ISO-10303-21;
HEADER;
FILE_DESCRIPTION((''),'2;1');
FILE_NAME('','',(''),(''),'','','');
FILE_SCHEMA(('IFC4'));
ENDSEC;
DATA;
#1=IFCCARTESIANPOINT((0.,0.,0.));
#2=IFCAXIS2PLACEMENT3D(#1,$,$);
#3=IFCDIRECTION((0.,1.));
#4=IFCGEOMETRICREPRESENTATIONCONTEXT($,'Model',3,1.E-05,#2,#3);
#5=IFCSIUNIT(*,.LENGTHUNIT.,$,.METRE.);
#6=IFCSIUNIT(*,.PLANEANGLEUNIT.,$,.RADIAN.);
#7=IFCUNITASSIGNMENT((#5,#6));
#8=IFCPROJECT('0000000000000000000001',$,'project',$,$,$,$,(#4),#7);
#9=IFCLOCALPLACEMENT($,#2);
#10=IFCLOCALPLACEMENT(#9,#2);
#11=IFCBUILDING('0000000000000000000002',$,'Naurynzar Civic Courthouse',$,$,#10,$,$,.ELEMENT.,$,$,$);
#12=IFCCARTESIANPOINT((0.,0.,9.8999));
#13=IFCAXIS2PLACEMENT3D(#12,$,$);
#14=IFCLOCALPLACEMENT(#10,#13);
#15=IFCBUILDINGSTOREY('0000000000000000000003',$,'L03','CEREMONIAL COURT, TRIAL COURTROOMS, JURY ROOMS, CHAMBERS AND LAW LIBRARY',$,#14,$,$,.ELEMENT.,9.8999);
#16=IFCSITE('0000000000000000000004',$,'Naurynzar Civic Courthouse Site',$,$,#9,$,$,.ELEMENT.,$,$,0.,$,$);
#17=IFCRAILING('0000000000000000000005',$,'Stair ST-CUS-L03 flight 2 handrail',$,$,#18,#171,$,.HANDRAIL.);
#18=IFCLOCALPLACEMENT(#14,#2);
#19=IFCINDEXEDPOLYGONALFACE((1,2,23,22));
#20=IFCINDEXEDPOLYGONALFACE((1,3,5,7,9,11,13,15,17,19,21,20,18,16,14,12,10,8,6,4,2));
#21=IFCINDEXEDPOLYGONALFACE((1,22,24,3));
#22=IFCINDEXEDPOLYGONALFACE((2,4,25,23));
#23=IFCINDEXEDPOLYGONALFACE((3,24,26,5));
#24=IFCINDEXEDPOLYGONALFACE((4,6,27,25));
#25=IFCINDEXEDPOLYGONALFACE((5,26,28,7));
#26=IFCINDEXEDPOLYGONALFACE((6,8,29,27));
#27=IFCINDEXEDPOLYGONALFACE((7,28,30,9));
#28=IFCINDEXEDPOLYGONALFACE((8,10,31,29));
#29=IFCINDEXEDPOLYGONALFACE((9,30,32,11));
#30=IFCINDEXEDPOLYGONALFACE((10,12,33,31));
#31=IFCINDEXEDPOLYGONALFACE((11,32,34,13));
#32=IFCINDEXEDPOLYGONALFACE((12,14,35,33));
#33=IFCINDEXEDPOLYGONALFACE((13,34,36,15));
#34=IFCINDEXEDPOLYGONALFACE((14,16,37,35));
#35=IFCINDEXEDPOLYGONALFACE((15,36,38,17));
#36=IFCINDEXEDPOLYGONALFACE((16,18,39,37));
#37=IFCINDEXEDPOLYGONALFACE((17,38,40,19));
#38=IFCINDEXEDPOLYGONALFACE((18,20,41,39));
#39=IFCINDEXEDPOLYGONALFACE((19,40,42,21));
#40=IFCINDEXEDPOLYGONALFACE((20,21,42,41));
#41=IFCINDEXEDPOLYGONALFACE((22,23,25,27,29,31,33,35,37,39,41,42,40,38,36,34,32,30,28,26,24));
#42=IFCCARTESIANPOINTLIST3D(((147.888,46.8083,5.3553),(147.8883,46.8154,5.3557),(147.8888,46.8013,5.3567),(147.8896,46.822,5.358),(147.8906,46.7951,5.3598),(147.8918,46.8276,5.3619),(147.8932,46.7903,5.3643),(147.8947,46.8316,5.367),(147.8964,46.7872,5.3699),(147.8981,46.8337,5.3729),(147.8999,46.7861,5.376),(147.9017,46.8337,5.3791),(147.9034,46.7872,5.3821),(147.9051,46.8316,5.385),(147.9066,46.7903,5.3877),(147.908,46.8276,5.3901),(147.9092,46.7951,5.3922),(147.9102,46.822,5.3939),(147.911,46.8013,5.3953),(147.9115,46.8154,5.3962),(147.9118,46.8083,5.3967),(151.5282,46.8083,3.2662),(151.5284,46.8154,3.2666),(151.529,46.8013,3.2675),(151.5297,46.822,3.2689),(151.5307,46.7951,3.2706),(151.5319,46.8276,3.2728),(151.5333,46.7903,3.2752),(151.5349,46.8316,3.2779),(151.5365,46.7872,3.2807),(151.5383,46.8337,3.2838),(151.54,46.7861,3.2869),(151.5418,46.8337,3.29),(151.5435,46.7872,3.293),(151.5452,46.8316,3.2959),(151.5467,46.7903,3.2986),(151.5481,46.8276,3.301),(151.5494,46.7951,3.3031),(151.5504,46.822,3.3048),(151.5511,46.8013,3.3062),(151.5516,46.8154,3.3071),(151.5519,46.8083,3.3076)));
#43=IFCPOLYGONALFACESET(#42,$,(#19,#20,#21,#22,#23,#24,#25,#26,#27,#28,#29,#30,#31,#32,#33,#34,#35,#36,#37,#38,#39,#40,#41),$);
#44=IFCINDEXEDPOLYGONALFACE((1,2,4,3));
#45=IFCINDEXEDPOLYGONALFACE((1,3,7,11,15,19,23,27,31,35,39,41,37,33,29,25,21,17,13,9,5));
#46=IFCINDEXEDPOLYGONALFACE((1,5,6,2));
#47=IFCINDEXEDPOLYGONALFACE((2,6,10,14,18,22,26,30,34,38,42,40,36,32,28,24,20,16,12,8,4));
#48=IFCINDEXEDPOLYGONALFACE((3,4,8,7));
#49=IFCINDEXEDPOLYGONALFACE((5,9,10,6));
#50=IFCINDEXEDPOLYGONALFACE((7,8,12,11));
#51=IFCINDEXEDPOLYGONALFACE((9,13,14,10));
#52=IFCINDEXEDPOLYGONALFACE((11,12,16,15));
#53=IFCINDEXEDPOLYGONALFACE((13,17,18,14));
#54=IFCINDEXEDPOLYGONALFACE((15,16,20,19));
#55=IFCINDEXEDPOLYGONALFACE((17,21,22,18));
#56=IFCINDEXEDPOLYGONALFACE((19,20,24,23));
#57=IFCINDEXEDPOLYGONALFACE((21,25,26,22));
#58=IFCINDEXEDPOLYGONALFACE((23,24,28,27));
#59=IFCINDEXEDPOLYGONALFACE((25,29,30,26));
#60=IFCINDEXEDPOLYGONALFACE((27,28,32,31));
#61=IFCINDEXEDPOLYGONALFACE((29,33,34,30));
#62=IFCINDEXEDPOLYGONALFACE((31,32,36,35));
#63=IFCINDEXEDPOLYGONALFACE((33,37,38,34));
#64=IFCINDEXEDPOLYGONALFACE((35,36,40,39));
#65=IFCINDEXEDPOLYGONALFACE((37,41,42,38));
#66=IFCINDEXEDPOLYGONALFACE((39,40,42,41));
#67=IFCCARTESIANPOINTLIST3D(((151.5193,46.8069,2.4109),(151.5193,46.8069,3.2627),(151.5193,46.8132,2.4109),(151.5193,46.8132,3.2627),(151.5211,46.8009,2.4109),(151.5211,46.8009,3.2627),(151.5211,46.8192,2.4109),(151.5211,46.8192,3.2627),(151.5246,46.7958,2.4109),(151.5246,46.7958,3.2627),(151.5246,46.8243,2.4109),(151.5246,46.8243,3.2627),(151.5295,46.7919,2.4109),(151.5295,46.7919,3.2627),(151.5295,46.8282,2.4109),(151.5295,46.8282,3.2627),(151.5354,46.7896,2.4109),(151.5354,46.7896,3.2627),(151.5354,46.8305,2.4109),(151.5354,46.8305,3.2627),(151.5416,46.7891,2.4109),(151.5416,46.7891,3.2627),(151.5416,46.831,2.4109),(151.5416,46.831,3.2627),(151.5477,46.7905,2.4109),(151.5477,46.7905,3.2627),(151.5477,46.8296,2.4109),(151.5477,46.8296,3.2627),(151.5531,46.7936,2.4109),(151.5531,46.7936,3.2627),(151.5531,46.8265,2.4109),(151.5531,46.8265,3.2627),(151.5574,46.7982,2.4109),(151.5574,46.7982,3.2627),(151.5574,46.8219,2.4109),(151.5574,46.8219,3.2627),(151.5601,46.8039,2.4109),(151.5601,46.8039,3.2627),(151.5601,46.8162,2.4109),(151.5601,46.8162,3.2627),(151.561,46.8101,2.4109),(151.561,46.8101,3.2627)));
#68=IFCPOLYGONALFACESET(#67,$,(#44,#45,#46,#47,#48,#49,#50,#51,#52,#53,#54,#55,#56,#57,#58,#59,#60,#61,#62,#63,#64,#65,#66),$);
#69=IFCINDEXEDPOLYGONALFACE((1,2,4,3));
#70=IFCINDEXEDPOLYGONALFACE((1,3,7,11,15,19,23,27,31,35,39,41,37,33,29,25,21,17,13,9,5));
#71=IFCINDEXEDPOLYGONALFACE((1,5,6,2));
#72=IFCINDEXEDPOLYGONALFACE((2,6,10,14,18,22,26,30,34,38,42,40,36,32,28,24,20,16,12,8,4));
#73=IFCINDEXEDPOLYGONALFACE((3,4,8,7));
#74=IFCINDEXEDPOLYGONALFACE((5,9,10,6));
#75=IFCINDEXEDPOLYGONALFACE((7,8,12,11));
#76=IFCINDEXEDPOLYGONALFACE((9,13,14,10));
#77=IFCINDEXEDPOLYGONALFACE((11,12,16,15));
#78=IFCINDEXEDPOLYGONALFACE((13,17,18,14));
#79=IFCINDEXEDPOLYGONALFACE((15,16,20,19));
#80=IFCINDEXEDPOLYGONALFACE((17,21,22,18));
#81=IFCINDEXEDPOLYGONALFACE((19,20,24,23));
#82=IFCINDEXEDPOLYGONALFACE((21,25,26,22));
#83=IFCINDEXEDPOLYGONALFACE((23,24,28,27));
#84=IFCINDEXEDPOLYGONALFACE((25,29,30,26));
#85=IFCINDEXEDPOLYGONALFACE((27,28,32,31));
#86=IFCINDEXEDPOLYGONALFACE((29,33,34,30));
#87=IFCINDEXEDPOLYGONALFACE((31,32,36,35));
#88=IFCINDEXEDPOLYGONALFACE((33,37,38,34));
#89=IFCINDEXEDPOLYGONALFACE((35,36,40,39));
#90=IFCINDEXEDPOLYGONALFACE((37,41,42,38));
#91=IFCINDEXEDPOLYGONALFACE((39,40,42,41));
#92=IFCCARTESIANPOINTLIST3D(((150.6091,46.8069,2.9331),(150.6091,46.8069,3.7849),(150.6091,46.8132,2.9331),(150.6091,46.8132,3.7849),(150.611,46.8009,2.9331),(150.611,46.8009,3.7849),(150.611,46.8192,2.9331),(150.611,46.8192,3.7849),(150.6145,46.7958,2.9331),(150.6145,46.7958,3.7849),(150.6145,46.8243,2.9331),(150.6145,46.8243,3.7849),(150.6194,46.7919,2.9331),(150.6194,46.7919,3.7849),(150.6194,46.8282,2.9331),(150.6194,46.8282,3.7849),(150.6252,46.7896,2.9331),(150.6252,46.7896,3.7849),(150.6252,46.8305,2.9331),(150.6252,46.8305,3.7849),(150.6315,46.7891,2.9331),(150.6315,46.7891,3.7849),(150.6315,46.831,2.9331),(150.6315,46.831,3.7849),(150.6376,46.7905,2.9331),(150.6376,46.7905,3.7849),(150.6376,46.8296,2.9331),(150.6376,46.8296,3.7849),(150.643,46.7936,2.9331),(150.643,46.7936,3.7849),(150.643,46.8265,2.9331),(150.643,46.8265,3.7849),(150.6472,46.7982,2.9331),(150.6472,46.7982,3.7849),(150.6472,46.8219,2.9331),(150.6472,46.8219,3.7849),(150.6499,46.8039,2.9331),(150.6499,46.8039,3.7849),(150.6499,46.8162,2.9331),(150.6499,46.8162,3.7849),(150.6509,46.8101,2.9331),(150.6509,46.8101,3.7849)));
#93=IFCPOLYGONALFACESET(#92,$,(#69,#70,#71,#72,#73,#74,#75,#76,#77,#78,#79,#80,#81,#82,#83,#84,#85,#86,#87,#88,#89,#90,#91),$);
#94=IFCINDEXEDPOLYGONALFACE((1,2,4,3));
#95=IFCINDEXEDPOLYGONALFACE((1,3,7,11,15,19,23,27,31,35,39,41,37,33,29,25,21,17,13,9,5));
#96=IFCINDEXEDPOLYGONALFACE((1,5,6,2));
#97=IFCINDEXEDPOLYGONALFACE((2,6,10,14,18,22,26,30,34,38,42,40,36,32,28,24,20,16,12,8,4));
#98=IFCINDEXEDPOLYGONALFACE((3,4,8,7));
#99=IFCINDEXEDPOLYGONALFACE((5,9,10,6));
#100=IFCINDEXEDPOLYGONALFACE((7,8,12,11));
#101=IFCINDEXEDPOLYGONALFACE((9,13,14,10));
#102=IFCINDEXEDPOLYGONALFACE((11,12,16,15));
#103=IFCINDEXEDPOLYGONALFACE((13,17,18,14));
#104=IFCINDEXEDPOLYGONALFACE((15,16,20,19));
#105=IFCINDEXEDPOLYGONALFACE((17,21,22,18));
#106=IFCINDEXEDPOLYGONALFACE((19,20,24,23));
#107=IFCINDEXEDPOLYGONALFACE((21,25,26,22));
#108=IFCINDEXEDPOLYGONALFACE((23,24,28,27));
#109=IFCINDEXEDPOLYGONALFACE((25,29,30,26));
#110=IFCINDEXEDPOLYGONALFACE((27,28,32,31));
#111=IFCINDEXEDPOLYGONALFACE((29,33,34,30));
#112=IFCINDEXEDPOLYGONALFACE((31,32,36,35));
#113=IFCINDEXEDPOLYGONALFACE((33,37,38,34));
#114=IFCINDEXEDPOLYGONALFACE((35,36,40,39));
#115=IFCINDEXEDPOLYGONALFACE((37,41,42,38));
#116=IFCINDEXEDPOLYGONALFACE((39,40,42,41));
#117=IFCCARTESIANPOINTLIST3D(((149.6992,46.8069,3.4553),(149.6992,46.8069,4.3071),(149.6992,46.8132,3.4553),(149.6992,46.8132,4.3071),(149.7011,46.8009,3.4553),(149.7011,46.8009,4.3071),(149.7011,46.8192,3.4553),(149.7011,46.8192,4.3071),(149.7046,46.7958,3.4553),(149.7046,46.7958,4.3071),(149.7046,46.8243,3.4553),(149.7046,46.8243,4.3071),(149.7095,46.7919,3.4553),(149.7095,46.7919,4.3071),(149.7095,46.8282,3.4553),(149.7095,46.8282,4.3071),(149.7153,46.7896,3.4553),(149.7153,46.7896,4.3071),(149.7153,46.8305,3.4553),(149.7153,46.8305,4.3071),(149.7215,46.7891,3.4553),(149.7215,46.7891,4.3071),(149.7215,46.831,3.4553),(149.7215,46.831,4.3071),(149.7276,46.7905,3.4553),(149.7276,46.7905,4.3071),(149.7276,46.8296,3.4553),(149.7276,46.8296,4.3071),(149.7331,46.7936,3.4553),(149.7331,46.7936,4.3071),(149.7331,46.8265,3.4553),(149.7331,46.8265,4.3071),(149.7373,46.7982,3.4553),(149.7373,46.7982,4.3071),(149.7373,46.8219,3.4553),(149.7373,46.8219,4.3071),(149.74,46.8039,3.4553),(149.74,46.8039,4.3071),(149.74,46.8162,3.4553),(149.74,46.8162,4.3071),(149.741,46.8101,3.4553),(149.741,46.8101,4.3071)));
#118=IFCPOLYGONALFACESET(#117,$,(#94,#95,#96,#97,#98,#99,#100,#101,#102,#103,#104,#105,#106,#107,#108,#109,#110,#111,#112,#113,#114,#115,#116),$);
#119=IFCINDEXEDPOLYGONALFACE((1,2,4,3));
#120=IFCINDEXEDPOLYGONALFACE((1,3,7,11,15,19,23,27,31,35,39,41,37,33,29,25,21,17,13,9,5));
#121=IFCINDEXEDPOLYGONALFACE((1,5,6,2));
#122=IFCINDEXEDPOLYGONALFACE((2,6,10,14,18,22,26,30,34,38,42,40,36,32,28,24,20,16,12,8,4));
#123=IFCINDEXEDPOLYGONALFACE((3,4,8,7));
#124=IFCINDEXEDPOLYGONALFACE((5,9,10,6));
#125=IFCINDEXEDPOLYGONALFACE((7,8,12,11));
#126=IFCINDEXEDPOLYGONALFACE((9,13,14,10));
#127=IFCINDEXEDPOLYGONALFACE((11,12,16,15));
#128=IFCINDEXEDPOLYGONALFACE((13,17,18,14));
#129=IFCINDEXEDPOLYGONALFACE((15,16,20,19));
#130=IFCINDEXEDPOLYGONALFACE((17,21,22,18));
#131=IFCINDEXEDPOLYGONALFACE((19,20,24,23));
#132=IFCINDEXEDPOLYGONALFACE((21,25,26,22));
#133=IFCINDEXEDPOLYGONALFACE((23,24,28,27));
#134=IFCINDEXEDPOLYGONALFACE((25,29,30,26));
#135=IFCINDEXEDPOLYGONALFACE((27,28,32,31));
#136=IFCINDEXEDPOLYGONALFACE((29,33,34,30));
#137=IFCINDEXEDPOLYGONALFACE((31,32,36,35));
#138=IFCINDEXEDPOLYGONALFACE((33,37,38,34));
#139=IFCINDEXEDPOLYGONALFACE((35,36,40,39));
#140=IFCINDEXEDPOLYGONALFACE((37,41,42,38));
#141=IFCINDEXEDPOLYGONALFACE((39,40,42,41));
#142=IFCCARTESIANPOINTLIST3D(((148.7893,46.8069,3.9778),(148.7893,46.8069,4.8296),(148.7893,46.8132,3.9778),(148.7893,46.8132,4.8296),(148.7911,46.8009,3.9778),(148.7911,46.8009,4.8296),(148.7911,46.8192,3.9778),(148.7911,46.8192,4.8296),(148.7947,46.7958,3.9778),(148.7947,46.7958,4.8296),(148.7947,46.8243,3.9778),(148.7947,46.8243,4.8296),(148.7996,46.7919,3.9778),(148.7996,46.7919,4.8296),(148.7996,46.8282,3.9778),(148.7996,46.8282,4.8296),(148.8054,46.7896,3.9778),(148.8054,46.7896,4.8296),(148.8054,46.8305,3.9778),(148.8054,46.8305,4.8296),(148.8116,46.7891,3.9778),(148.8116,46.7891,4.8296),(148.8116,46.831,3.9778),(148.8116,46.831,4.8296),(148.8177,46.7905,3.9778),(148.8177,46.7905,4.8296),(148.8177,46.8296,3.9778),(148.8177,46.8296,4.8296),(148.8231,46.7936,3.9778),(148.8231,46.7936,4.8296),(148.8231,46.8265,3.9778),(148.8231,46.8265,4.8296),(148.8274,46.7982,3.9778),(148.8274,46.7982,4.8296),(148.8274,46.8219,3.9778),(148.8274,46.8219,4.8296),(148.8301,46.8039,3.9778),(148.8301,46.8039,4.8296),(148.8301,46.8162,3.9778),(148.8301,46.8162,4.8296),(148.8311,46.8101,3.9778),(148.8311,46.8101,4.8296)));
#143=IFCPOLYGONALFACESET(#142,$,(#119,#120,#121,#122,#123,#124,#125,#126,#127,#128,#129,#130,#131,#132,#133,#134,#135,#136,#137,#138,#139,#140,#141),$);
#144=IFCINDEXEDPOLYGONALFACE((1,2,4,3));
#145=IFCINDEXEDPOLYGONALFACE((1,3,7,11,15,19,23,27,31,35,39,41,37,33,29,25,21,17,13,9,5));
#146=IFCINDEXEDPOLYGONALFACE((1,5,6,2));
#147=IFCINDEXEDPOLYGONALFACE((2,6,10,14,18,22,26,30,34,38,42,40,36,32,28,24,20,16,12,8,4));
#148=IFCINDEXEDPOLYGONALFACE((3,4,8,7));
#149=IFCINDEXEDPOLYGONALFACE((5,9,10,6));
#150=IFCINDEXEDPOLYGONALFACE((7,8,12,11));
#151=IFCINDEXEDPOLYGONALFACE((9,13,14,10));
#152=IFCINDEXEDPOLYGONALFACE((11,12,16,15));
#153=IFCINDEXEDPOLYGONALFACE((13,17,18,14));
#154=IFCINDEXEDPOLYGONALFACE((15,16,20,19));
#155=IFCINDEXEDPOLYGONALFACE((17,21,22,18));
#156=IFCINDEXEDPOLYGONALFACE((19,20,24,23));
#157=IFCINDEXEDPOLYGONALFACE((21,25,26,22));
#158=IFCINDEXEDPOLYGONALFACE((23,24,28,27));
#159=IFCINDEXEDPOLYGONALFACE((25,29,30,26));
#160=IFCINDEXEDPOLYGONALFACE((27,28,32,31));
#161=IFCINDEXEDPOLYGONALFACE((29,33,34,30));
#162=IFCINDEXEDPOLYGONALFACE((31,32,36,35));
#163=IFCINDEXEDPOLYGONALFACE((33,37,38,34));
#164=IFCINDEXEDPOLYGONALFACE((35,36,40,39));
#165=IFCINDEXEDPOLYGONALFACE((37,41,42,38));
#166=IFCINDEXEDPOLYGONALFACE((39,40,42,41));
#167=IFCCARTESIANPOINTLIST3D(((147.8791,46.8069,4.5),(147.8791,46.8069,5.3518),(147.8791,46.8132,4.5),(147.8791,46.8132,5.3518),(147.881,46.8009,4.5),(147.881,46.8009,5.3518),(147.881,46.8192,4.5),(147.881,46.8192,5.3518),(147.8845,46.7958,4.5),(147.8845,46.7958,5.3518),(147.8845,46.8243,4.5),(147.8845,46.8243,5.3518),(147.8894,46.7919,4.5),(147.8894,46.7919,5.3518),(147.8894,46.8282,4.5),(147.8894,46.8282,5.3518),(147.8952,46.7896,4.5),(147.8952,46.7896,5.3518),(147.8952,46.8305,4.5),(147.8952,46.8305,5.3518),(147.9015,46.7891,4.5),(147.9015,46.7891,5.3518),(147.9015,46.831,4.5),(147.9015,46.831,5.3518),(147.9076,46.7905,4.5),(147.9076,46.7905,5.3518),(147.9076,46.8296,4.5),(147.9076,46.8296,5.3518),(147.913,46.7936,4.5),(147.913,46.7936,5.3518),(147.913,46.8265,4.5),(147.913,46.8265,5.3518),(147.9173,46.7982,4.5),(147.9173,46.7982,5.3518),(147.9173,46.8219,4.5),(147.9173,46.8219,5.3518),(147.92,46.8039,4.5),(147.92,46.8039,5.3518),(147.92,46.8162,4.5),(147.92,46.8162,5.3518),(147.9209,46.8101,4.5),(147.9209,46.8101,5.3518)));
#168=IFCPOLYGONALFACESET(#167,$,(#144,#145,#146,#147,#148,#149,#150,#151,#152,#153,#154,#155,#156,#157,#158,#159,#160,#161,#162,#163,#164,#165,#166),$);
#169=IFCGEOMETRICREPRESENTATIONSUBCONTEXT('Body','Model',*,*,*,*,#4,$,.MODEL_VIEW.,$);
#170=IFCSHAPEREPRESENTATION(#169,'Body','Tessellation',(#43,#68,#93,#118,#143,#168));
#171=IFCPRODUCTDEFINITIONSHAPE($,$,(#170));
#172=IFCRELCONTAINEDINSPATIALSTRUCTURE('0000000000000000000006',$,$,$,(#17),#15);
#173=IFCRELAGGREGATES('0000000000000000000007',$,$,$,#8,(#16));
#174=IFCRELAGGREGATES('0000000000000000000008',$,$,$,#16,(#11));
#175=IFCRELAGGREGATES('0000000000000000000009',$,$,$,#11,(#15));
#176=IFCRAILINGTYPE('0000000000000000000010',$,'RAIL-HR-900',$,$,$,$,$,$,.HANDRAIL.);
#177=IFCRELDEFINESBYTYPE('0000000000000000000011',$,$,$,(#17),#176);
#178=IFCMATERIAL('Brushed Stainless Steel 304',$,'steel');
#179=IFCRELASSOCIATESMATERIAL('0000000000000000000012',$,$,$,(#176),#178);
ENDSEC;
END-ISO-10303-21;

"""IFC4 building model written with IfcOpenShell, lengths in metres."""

from ifc_helpers import new_model, si_unit, direction, frame, origin, origin_2d, place, context, subcontext, project, spatial, circle, extrude, material, type_object, element, save


model = new_model("IFC4")

# Units and contexts
model_context = context("Model", 3, precision=1e-05, world=origin(), true_north=direction((0.0, 1.0)))
body_context = subcontext(model_context, "Body", "Model", "MODEL_VIEW")
ifc_project = project(units=[si_unit("LENGTHUNIT", "METRE"), si_unit("PLANEANGLEUNIT", "RADIAN")], contexts=[model_context])

# Site, building, storey
site_placement = place(None, origin())
site = spatial("IfcSite", under=ifc_project, at=site_placement, Name="Naurynzar Civic Courthouse Site", CompositionType="ELEMENT", RefElevation=0.0)
building_placement = place(site_placement, origin())
building = spatial("IfcBuilding", under=site, at=building_placement, Name="Naurynzar Civic Courthouse", CompositionType="ELEMENT")
storey_placement = place(building_placement, frame((0.0, 0.0, 9.8999)))
storey = spatial("IfcBuildingStorey", under=building, at=storey_placement, Name="L03", Description="CEREMONIAL COURT, TRIAL COURTROOMS, JURY ROOMS, CHAMBERS AND LAW LIBRARY", CompositionType="ELEMENT", Elevation=9.8999)

# Railing
ifc_material_1 = material(Name="Brushed Stainless Steel 304", Category="steel")
railing_type_1 = type_object("IfcRailingType", Name="RAIL-HR-900", PredefinedType="HANDRAIL", material=ifc_material_1)
railing_1_placement = place(storey_placement, frame((151.54, 46.8101, 2.4109)))
element("IfcRailing", 1, at=railing_1_placement, inside=storey, type_object=railing_type_1, Name="Stair ST-CUS-L03 flight 2 handrail", PredefinedType="HANDRAIL", context=body_context, shape_type="SweptSolid", body=[
    extrude(circle(Radius=0.0239, at=origin_2d()), frame((0.0, 0.0, 0.876), z_axis=(-0.867314, 0.0, 0.497761), x_axis=(0.0, -1.0, 0.0)), (0.0, 0.0, 1.0), 4.197),
    extrude(circle(Radius=0.021, at=origin_2d()), origin(), (0.0, 0.0, 1.0), 0.8518),
    extrude(circle(Radius=0.021, at=origin_2d()), frame((-0.9102, 0.0, 0.5222)), (0.0, 0.0, 1.0), 0.8518),
    extrude(circle(Radius=0.021, at=origin_2d()), frame((-1.8201, 0.0, 1.0444)), (0.0, 0.0, 1.0), 0.8518),
    extrude(circle(Radius=0.021, at=origin_2d()), frame((-2.73, 0.0, 1.5669)), (0.0, 0.0, 1.0), 0.8518),
    extrude(circle(Radius=0.021, at=origin_2d()), frame((-3.6401, 0.0, 2.0891)), (0.0, 0.0, 1.0), 0.8518),
])

save(model, "model.ifc")
